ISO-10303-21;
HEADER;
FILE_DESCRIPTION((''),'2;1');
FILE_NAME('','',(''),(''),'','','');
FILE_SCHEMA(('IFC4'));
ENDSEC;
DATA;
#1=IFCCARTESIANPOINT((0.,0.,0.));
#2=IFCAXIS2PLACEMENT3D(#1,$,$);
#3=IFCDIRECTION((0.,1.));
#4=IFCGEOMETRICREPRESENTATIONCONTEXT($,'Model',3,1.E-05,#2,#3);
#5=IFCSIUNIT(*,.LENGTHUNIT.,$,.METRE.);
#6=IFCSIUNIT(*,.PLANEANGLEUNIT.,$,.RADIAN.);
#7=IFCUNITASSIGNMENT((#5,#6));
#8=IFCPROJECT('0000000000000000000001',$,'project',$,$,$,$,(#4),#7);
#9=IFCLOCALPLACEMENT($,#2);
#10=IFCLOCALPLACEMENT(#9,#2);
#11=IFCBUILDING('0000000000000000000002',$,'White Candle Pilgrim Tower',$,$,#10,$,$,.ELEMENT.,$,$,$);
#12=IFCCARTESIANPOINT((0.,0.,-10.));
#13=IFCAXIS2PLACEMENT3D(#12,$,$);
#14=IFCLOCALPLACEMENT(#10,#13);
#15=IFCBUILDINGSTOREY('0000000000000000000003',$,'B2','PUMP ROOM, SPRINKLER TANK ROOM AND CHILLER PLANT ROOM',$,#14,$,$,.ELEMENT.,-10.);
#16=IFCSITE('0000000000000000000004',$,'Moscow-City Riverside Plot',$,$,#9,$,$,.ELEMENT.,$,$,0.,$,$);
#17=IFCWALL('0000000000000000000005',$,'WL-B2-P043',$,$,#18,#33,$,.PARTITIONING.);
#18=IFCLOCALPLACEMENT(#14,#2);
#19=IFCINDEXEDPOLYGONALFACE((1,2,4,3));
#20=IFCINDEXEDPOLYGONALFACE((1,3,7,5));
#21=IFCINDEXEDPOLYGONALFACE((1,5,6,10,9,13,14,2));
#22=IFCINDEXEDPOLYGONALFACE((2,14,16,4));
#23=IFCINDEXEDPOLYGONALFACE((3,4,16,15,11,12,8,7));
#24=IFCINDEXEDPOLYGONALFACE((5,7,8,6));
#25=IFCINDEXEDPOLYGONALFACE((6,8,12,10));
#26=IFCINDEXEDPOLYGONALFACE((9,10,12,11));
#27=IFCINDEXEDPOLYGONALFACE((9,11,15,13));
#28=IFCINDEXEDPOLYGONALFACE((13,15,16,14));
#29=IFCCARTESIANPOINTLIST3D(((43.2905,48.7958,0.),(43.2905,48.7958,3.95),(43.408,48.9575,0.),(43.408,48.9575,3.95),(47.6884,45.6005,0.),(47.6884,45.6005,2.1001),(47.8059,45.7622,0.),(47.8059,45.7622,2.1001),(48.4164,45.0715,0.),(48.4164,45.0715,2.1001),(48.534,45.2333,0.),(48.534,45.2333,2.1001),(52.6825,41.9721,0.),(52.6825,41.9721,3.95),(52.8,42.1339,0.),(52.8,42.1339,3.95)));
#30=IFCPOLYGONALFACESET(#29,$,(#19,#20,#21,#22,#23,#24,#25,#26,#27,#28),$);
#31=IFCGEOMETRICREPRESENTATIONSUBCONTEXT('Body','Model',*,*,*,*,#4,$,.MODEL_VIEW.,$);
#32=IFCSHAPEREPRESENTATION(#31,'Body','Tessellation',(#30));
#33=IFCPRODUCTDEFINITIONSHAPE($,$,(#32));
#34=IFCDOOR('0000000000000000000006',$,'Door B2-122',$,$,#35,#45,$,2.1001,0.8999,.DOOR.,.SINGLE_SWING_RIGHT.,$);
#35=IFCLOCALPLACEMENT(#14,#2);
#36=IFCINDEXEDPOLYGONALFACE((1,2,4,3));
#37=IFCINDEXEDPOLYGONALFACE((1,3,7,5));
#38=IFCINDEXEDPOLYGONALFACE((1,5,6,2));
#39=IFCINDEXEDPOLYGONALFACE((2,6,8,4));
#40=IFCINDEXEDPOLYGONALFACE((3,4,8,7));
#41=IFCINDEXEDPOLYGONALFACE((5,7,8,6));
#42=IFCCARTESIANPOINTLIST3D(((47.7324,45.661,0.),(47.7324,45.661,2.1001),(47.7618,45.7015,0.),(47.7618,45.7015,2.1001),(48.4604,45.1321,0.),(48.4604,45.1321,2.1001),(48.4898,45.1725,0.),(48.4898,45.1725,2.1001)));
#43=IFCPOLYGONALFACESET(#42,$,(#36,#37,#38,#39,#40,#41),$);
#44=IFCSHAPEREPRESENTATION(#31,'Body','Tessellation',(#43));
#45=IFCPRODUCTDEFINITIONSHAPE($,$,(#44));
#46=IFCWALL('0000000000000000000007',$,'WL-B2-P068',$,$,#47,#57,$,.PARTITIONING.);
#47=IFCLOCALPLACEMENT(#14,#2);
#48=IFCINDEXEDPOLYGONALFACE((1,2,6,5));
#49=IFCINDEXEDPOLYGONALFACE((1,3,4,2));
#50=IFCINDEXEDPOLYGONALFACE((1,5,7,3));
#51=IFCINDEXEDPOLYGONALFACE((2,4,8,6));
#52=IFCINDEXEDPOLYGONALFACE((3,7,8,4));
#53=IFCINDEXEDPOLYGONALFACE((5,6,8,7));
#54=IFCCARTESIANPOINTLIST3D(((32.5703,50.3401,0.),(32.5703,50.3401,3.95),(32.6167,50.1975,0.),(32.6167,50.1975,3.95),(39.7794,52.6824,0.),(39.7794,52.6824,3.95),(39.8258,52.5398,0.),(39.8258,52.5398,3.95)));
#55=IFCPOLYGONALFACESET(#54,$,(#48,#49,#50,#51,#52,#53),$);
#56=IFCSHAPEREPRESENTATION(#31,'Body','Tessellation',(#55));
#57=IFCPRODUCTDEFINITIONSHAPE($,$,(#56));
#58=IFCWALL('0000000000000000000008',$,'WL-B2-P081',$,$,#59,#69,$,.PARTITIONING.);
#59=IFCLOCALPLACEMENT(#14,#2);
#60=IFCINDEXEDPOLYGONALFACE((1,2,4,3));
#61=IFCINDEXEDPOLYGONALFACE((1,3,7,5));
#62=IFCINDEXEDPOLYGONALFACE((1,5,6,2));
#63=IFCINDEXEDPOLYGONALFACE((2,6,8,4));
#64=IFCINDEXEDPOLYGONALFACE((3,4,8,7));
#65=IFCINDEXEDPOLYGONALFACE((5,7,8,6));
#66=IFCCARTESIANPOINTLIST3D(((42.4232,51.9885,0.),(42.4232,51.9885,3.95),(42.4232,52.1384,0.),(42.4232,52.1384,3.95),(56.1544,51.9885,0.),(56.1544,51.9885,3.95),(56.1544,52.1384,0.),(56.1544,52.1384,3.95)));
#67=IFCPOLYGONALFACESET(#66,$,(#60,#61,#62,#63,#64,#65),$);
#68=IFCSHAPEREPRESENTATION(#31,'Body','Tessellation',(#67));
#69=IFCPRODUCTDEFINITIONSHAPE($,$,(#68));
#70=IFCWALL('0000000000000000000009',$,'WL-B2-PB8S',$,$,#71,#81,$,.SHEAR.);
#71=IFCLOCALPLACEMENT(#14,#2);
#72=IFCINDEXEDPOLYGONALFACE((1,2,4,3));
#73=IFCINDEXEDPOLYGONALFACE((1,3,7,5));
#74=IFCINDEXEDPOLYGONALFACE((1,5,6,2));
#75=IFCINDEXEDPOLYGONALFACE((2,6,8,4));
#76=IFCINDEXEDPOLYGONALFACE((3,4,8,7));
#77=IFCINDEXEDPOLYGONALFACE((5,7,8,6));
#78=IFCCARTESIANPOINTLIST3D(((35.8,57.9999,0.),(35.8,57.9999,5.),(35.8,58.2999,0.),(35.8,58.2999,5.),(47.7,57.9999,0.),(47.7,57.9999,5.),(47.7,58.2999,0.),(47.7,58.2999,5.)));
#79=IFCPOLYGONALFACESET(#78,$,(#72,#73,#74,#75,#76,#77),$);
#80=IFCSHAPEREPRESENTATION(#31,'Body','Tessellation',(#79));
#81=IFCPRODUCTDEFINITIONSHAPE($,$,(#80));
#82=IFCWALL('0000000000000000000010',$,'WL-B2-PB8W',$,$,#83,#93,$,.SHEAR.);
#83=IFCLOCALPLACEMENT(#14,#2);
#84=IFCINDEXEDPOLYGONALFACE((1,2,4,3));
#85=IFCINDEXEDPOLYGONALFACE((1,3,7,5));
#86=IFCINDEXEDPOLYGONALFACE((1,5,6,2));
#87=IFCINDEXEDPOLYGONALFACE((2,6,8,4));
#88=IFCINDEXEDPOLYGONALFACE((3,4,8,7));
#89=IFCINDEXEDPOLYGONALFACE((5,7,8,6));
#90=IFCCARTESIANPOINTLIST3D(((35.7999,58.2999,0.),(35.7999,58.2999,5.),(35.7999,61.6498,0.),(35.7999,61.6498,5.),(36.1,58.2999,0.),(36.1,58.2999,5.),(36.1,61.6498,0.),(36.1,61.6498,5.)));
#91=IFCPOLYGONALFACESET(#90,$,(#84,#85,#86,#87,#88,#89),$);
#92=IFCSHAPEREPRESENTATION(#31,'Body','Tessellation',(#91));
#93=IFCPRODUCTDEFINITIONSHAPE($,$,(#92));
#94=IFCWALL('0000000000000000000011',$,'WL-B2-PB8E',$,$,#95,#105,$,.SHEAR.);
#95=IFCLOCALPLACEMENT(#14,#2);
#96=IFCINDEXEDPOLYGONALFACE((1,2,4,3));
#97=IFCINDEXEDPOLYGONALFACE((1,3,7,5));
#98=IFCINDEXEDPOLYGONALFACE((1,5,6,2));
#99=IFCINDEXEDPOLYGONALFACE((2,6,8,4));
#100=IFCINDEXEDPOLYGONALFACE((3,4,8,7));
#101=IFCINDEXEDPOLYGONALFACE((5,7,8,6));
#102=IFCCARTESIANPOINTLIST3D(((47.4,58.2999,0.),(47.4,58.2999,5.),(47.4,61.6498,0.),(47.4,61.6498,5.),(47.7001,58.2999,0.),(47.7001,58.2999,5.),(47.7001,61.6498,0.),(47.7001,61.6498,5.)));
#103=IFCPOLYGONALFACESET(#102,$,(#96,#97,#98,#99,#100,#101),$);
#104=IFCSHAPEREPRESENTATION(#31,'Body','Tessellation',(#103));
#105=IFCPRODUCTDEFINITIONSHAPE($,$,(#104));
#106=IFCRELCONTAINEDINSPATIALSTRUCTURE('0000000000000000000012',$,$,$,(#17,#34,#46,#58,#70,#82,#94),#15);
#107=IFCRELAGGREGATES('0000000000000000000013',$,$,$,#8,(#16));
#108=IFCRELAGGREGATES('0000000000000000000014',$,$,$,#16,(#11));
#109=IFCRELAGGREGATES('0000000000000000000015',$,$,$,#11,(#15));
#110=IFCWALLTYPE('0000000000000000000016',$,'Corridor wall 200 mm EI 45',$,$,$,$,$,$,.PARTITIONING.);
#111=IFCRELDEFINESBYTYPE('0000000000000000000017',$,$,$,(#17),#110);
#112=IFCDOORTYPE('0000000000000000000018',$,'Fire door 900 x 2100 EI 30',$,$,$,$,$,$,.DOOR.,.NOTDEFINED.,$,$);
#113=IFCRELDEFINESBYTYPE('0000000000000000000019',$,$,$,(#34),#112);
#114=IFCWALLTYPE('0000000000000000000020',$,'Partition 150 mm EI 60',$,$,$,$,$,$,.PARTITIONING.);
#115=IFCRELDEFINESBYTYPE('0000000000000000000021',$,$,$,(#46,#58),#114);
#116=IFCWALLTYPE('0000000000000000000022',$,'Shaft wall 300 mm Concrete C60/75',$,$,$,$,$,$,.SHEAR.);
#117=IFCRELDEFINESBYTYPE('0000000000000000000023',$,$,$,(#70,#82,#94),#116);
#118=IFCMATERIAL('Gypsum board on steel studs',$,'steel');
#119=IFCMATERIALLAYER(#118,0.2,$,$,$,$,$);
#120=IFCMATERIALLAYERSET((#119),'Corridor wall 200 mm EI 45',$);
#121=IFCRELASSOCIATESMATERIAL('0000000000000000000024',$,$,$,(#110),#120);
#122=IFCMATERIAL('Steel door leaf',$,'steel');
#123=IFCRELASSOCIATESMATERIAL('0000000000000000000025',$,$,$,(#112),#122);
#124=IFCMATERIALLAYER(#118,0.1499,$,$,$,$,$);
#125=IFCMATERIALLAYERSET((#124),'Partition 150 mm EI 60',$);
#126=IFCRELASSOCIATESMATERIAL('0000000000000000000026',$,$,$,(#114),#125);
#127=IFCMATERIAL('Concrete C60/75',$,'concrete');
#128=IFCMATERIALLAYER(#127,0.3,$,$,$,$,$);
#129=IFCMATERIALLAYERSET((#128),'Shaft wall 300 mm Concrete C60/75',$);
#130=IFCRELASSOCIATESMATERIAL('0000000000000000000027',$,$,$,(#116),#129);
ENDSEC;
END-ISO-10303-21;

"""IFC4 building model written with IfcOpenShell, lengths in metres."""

from ifc_helpers import new_model, si_unit, direction, frame, frame_2d, origin, place, context, subcontext, project, spatial, rectangle, extrude, material, layer, layer_set, type_object, element, fill, save


model = new_model("IFC4")

# Units and contexts
model_context = context("Model", 3, precision=1e-05, world=origin(), true_north=direction((0.0, 1.0)))
body_context = subcontext(model_context, "Body", "Model", "MODEL_VIEW")
ifc_project = project(units=[si_unit("LENGTHUNIT", "METRE"), si_unit("PLANEANGLEUNIT", "RADIAN")], contexts=[model_context])

# Site, building, storey
site_placement = place(None, origin())
site = spatial("IfcSite", under=ifc_project, at=site_placement, Name="Moscow-City Riverside Plot", CompositionType="ELEMENT", RefElevation=0.0)
building_placement = place(site_placement, origin())
building = spatial("IfcBuilding", under=site, at=building_placement, Name="White Candle Pilgrim Tower", CompositionType="ELEMENT")
storey_placement = place(building_placement, frame((0.0, 0.0, -10.0)))
storey = spatial("IfcBuildingStorey", under=building, at=storey_placement, Name="B2", Description="PUMP ROOM, SPRINKLER TANK ROOM AND CHILLER PLANT ROOM", CompositionType="ELEMENT", Elevation=-10.0)

# Shared definitions
ifc_material_1 = material(Name="Gypsum board on steel studs", Category="steel")
ifc_layer_1 = layer(ifc_material_1, 0.2)
ifc_layer_set_1 = layer_set([ifc_layer_1], Name="Corridor wall 200 mm EI 45")
wall_type_1 = type_object("IfcWallType", Name="Corridor wall 200 mm EI 45", PredefinedType="PARTITIONING", material=ifc_layer_set_1)
ifc_material_2 = material(Name="Steel door leaf", Category="steel")
door_type = type_object("IfcDoorType", Name="Fire door 900 x 2100 EI 30", OperationType="NOTDEFINED", PredefinedType="DOOR", material=ifc_material_2)

# Wall, opening, door
wall_1_placement = place(storey_placement, frame((43.3491, 48.8767, 0.0), z_axis=(0.0, 0.0, 1.0), x_axis=(0.809018, -0.587784, 0.0)))
wall_1 = element("IfcWall", 1, at=wall_1_placement, inside=storey, type_object=wall_type_1, Name="WL-B2-P043", PredefinedType="PARTITIONING", context=body_context, shape_type="SweptSolid", body=[
    extrude(rectangle(XDim=11.6091, YDim=0.2, at=frame_2d((5.8047, 0.0))), origin(), (0.0, 0.0, 1.0), 3.95),
])
opening_1_placement = place(wall_1_placement, frame((5.4363, 0.0, 0.0)))
opening_1 = element("IfcOpeningElement", 2, at=opening_1_placement, cuts=wall_1, PredefinedType="OPENING", context=body_context, shape_type="SweptSolid", body=[
    extrude(rectangle(XDim=0.8999, YDim=2.1001, at=frame_2d((0.45, 1.05))), frame((0.0, 0.1099, 0.0), z_axis=(0.0, -1.0, 0.0), x_axis=(1.0, 0.0, 0.0)), (0.0, 0.0, 1.0), 0.22),
])
door_1_placement = place(opening_1_placement, origin())
door_1 = element("IfcDoor", 3, at=door_1_placement, inside=storey, type_object=door_type, Name="Door B2-122", OperationType="SINGLE_SWING_RIGHT", OverallHeight=2.1001, OverallWidth=0.8999, PredefinedType="DOOR", context=body_context, shape_type="SweptSolid", body=[
    extrude(rectangle(XDim=0.8999, YDim=2.1001, at=frame_2d((0.45, 1.05))), frame((0.0, 0.0249, 0.0), z_axis=(0.0, -1.0, 0.0), x_axis=(1.0, 0.0, 0.0)), (0.0, 0.0, 1.0), 0.05),
])
fill(opening_1, door_1)

# Walls
ifc_layer_2 = layer(ifc_material_1, 0.1499)
ifc_layer_set_2 = layer_set([ifc_layer_2], Name="Partition 150 mm EI 60")
wall_type_2 = type_object("IfcWallType", Name="Partition 150 mm EI 60", PredefinedType="PARTITIONING", material=ifc_layer_set_2)
wall_2_placement = place(storey_placement, frame((32.5935, 50.2688, 0.0), z_axis=(0.0, 0.0, 1.0), x_axis=(0.951059, 0.30901, 0.0)))
element("IfcWall", 4, at=wall_2_placement, inside=storey, type_object=wall_type_2, Name="WL-B2-P068", PredefinedType="PARTITIONING", context=body_context, shape_type="SweptSolid", body=[
    extrude(rectangle(XDim=7.5801, YDim=0.1499, at=frame_2d((3.79, 0.0))), origin(), (0.0, 0.0, 1.0), 3.95),
])
wall_3_placement = place(storey_placement, frame((42.4231, 52.0635, 0.0), z_axis=(0.0, 0.0, 1.0), x_axis=(1.0, 0.0, 0.0)))
element("IfcWall", 5, at=wall_3_placement, inside=storey, type_object=wall_type_2, Name="WL-B2-P081", PredefinedType="PARTITIONING", context=body_context, shape_type="SweptSolid", body=[
    extrude(rectangle(XDim=13.7312, YDim=0.1499, at=frame_2d((6.8657, 0.0))), origin(), (0.0, 0.0, 1.0), 3.95),
])
ifc_material_3 = material(Name="Concrete C60/75", Category="concrete")
ifc_layer_3 = layer(ifc_material_3, 0.3)
ifc_layer_set_3 = layer_set([ifc_layer_3], Name="Shaft wall 300 mm Concrete C60/75")
wall_type_3 = type_object("IfcWallType", Name="Shaft wall 300 mm Concrete C60/75", PredefinedType="SHEAR", material=ifc_layer_set_3)
wall_4_placement = place(storey_placement, frame((35.8, 58.1499, 0.0), z_axis=(0.0, 0.0, 1.0), x_axis=(1.0, 0.0, 0.0)))
element("IfcWall", 6, at=wall_4_placement, inside=storey, type_object=wall_type_3, Name="WL-B2-PB8S", PredefinedType="SHEAR", context=body_context, shape_type="SweptSolid", body=[
    extrude(rectangle(XDim=11.8999, YDim=0.3, at=frame_2d((5.95, 0.0))), origin(), (0.0, 0.0, 1.0), 5.0),
])
for number, where, z_axis, x_axis, name in (
    (7, (35.95, 58.3, 0.0), (0.0, 0.0, 1.0), (0.0, 1.0, 0.0), "WL-B2-PB8W"),
    (8, (47.55, 58.3, 0.0), (0.0, 0.0, 1.0), (0.0, 1.0, 0.0), "WL-B2-PB8E"),
):
    element("IfcWall", number, at=place(storey_placement, frame(where, z_axis=z_axis, x_axis=x_axis)), inside=storey, type_object=wall_type_3, Name=name, PredefinedType="SHEAR", context=body_context, shape_type="SweptSolid", body=[
        extrude(rectangle(XDim=3.3499, YDim=0.3, at=frame_2d((1.6748, 0.0))), origin(), (0.0, 0.0, 1.0), 5.0),
    ])

save(model, "model.ifc")
